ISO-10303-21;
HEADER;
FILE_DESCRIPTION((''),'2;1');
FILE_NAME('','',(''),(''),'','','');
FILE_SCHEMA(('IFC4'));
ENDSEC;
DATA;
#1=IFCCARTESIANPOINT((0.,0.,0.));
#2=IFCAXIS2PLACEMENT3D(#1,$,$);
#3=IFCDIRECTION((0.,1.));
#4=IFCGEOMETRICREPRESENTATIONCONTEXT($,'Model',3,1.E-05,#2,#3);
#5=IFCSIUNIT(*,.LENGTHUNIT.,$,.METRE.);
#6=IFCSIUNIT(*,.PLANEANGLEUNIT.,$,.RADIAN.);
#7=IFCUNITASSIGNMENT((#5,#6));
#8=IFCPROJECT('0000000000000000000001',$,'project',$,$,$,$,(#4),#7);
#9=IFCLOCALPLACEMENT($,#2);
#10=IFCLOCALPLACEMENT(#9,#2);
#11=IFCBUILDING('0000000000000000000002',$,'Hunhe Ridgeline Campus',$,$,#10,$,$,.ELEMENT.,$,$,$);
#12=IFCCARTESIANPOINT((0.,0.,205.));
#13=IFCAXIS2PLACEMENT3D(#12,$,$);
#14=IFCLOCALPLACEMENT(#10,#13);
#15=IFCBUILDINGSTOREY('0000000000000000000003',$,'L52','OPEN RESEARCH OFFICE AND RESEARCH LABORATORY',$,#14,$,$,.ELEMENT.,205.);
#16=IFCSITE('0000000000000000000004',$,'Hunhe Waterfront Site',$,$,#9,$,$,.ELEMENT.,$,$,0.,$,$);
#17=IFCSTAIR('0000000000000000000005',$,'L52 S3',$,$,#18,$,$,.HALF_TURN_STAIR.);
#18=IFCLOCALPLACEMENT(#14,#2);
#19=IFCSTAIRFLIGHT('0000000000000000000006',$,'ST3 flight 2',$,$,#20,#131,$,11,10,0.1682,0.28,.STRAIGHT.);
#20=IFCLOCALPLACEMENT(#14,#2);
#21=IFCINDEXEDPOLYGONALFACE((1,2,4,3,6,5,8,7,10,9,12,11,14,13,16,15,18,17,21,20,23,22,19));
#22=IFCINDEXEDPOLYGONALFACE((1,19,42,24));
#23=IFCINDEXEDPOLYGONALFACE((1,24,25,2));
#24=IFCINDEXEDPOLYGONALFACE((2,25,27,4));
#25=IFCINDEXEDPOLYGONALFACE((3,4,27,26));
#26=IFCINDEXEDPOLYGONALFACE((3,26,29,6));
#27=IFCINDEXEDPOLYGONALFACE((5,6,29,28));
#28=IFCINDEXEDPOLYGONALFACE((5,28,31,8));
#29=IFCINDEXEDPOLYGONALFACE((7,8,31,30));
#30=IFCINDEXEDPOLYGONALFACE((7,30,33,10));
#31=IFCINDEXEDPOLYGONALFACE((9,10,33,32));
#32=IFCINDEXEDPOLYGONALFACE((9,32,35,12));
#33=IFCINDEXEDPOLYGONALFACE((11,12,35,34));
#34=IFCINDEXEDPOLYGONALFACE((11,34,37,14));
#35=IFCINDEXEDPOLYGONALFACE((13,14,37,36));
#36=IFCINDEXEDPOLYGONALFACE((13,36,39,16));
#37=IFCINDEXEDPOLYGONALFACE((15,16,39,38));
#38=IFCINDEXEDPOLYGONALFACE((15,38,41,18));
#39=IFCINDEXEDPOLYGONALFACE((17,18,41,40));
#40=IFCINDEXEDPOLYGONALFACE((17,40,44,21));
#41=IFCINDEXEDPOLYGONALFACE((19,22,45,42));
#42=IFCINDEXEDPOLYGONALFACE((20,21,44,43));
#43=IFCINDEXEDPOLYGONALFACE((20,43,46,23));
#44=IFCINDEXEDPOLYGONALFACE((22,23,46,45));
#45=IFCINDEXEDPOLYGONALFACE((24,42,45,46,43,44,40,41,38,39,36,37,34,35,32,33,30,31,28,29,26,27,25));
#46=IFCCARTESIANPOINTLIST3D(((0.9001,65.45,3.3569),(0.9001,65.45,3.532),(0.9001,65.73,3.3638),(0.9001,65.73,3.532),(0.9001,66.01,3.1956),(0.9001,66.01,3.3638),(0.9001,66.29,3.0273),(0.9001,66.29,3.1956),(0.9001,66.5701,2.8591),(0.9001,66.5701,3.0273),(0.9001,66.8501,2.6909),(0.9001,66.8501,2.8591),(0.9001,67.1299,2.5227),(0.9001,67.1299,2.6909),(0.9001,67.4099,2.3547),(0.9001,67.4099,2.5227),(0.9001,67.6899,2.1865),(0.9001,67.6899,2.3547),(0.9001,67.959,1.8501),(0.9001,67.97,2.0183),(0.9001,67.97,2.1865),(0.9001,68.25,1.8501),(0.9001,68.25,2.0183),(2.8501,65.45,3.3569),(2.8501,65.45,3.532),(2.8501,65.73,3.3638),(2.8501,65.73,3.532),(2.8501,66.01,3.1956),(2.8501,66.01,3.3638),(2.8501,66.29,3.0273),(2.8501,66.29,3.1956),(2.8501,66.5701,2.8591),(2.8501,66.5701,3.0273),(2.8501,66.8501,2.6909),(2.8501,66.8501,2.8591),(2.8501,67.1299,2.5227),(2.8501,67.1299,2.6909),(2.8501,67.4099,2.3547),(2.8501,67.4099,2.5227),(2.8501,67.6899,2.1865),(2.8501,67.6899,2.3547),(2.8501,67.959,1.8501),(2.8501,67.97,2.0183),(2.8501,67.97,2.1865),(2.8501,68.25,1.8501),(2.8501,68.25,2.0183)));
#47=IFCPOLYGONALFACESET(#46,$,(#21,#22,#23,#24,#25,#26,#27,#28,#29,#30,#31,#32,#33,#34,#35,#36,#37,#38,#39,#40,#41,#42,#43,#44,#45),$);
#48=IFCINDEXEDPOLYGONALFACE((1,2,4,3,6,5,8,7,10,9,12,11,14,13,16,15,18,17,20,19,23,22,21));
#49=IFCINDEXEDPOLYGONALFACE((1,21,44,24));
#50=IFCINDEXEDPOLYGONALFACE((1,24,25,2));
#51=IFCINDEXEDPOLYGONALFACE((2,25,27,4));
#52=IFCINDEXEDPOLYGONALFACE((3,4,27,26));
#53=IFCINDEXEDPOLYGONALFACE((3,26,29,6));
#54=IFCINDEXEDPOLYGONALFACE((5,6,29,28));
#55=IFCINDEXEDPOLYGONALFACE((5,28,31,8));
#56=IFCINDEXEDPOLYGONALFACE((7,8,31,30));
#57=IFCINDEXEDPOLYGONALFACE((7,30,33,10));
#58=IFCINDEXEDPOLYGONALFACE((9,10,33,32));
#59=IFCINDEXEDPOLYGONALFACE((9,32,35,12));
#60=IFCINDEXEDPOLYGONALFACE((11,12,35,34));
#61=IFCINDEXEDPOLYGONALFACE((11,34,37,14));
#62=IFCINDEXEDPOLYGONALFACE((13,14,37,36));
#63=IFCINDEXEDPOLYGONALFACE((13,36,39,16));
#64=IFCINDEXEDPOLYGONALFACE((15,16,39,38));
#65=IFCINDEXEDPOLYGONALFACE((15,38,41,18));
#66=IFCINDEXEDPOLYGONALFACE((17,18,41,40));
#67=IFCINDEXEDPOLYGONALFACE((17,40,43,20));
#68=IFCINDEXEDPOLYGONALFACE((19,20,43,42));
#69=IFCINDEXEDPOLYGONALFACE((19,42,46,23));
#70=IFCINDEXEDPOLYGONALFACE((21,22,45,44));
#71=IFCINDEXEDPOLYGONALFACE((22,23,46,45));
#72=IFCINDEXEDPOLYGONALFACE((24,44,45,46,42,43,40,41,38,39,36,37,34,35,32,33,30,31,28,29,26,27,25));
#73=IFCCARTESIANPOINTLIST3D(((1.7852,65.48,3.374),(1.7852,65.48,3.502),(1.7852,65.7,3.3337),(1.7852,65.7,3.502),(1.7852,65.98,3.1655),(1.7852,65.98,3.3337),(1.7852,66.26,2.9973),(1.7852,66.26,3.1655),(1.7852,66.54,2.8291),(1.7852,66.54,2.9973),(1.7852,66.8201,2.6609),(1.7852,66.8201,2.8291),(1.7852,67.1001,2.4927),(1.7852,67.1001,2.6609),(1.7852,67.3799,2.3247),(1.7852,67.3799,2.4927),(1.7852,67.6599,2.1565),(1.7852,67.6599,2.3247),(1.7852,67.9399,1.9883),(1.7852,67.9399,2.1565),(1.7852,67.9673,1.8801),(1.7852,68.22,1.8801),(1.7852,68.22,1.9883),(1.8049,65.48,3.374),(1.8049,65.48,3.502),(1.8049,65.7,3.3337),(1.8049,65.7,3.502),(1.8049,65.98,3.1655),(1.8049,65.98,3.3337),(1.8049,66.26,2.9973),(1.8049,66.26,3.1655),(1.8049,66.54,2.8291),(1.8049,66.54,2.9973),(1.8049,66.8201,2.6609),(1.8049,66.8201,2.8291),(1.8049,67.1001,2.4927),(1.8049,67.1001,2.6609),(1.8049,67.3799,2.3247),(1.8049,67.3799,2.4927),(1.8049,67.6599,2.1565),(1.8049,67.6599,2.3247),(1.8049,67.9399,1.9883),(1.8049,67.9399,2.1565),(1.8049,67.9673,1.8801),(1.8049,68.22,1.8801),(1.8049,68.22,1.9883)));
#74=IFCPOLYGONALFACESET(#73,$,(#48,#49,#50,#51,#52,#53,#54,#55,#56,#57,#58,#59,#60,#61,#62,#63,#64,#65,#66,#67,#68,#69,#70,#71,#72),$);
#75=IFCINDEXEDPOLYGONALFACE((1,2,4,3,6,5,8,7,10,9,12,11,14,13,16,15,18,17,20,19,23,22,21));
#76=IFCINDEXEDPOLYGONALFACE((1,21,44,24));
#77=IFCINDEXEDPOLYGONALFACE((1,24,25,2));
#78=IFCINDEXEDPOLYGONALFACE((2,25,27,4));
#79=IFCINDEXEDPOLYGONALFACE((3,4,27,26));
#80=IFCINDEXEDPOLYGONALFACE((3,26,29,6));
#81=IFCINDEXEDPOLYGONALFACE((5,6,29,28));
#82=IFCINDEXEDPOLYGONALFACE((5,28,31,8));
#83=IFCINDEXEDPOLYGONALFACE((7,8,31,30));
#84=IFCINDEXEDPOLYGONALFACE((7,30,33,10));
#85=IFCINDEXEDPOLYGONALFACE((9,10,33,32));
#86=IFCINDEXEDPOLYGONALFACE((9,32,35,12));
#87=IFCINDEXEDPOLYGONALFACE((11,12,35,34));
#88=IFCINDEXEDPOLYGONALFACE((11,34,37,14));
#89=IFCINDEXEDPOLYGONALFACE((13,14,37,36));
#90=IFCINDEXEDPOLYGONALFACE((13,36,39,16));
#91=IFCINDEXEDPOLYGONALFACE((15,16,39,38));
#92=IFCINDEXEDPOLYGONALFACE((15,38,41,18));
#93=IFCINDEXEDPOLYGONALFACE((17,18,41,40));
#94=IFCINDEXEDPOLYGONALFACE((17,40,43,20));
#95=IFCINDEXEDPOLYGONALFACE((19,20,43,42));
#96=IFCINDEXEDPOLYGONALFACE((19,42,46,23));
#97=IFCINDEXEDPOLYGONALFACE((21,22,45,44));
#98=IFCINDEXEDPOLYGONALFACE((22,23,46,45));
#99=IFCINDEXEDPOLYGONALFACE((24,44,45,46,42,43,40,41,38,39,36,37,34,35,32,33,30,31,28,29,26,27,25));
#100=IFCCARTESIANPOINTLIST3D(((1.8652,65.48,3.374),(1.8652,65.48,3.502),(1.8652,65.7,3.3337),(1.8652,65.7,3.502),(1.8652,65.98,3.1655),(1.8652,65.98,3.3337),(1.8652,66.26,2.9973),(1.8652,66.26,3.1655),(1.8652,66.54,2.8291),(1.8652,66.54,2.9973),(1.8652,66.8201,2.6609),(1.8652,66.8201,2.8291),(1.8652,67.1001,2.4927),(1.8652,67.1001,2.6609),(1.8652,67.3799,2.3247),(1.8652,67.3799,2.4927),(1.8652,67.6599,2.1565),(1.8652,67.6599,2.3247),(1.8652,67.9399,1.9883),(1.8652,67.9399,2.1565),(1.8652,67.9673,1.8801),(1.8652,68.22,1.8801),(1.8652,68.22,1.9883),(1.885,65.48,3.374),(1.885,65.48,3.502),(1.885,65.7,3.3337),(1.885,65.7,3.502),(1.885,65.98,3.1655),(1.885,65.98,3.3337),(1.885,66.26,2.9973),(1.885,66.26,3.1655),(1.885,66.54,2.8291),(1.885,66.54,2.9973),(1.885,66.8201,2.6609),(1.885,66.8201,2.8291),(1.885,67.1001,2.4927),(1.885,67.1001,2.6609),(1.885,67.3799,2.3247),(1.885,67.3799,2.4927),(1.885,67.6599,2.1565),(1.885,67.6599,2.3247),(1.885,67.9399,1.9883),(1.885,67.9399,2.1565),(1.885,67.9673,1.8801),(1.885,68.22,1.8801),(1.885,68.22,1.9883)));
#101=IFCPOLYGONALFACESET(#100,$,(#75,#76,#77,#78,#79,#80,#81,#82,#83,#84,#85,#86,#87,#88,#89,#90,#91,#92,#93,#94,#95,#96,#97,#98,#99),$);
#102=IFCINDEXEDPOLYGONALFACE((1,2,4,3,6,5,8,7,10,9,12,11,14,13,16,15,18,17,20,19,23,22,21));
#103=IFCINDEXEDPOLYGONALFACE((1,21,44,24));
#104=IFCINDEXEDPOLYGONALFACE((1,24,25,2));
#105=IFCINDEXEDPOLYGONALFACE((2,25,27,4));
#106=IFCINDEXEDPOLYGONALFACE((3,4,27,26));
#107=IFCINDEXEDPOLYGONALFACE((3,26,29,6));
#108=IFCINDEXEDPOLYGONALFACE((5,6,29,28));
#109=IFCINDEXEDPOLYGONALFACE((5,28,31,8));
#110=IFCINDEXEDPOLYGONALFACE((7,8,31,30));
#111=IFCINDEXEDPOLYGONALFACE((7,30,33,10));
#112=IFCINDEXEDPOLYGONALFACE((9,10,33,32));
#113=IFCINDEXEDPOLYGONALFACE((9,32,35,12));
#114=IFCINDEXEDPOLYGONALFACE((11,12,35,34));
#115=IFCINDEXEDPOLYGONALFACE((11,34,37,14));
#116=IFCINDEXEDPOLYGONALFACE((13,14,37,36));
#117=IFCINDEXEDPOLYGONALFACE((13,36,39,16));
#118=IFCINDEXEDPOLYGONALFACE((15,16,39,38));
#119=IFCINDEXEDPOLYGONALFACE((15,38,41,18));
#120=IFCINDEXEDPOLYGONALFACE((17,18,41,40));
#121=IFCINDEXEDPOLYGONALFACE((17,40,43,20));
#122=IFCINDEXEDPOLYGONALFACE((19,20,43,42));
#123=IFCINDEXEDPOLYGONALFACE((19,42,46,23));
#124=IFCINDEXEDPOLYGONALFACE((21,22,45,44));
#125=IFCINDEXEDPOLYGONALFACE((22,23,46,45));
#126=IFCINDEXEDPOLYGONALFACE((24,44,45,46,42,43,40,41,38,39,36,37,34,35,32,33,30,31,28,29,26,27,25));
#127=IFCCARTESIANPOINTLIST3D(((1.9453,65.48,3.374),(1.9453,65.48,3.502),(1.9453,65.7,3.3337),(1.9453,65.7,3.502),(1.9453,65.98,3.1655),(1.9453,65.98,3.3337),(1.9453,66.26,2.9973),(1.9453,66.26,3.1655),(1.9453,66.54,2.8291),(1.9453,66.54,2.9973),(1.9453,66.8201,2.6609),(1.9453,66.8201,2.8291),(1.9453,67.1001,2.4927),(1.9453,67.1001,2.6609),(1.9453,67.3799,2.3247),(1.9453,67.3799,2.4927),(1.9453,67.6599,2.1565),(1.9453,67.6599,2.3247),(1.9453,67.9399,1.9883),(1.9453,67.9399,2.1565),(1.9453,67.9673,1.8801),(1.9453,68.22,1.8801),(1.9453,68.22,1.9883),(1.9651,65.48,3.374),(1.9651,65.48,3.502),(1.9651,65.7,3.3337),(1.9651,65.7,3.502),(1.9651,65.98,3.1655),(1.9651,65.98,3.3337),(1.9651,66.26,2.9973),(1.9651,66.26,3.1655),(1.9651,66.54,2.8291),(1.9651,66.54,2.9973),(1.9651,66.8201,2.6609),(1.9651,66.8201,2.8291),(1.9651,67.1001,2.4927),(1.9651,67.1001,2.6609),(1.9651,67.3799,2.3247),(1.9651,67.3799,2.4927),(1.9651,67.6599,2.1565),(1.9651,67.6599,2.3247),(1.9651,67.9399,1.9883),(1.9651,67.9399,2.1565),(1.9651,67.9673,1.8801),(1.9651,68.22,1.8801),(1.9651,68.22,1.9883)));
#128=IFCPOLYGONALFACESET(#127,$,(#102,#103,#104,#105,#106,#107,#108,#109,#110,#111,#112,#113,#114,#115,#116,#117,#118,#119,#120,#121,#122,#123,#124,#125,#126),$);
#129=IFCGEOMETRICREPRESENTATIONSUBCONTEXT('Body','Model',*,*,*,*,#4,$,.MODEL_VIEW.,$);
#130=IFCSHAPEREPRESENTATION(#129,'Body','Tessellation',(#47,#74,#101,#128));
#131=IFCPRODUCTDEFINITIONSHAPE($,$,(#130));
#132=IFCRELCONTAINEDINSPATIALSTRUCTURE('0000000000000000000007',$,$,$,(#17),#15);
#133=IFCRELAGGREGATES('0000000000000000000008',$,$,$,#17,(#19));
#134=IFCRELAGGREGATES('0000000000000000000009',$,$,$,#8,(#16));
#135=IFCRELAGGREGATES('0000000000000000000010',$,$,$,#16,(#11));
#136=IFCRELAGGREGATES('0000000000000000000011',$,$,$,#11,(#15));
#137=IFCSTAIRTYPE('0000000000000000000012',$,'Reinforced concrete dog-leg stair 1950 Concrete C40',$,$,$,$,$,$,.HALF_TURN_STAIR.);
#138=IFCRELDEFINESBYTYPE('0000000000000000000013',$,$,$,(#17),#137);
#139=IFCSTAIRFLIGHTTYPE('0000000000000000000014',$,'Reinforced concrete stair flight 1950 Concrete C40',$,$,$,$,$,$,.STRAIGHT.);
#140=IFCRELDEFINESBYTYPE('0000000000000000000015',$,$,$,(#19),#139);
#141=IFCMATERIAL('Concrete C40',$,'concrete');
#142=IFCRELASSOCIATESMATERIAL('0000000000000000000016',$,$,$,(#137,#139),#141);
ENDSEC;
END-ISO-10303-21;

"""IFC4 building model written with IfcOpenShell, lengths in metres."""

from ifc_helpers import new_model, si_unit, direction, frame, origin, place, context, subcontext, project, spatial, polyline, outline, extrude, material, type_object, element, aggregate, save


model = new_model("IFC4")

# Units and contexts
model_context = context("Model", 3, precision=1e-05, world=origin(), true_north=direction((0.0, 1.0)))
body_context = subcontext(model_context, "Body", "Model", "MODEL_VIEW")
ifc_project = project(units=[si_unit("LENGTHUNIT", "METRE"), si_unit("PLANEANGLEUNIT", "RADIAN")], contexts=[model_context])

# Site, building, storey
site_placement = place(None, origin())
site = spatial("IfcSite", under=ifc_project, at=site_placement, Name="Hunhe Waterfront Site", CompositionType="ELEMENT", RefElevation=0.0)
building_placement = place(site_placement, origin())
building = spatial("IfcBuilding", under=site, at=building_placement, Name="Hunhe Ridgeline Campus", CompositionType="ELEMENT")
storey_placement = place(building_placement, frame((0.0, 0.0, 205.0)))
storey = spatial("IfcBuildingStorey", under=building, at=storey_placement, Name="L52", Description="OPEN RESEARCH OFFICE AND RESEARCH LABORATORY", CompositionType="ELEMENT", Elevation=205.0)

# Stair, stair flight
ifc_material_1 = material(Name="Concrete C40", Category="concrete")
stair_type = type_object("IfcStairType", Name="Reinforced concrete dog-leg stair 1950 Concrete C40", PredefinedType="HALF_TURN_STAIR", material=ifc_material_1)
stair_1_placement = place(storey_placement, origin())
stair_1 = element("IfcStair", 1, at=stair_1_placement, inside=storey, type_object=stair_type, Name="L52 S3", PredefinedType="HALF_TURN_STAIR")
stair_flight_type = type_object("IfcStairFlightType", Name="Reinforced concrete stair flight 1950 Concrete C40", PredefinedType="STRAIGHT", material=ifc_material_1)
stair_flight_1_placement = place(storey_placement, frame((1.875, 68.25, 1.8501), z_axis=(0.0, 0.0, 1.0), x_axis=(0.0, -1.0, 0.0)))
stair_flight_1 = element("IfcStairFlight", 2, at=stair_flight_1_placement, type_object=stair_flight_type, Name="ST3 flight 2", NumberOfRisers=11, NumberOfTreads=10, PredefinedType="STRAIGHT", RiserHeight=0.1682, TreadLength=0.28, context=body_context, shape_type="SweptSolid", body=[
    extrude(outline(polyline([(0.0, 0.0), (0.0, 0.1682), (0.28, 0.1682), (0.28, 0.3364), (0.5601, 0.3364), (0.5601, 0.5046), (0.8401, 0.5046), (0.8401, 0.6726), (1.1201, 0.6726), (1.1201, 0.8408), (1.3999, 0.8408), (1.3999, 1.009), (1.6799, 1.009), (1.6799, 1.1772), (1.96, 1.1772), (1.96, 1.3455), (2.24, 1.3455), (2.24, 1.5137), (2.52, 1.5137), (2.52, 1.6819), (2.8, 1.6819), (2.8, 1.8501), (2.8, 1.5068), (0.291, 0.0), (0.0, 0.0)])), frame((0.0, 0.9751, 0.0), z_axis=(0.0, -1.0, 0.0), x_axis=(1.0, 0.0, 0.0)), (0.0, 0.0, 1.0), 1.95),
    extrude(outline(polyline([(0.03, 0.03), (0.03, 0.1382), (0.3101, 0.1382), (0.3101, 0.3064), (0.5901, 0.3064), (0.5901, 0.4746), (0.8701, 0.4746), (0.8701, 0.6426), (1.1499, 0.6426), (1.1499, 0.8108), (1.4299, 0.8108), (1.4299, 0.979), (1.71, 0.979), (1.71, 1.1472), (1.99, 1.1472), (1.99, 1.3154), (2.27, 1.3154), (2.27, 1.4836), (2.55, 1.4836), (2.55, 1.6519), (2.77, 1.6519), (2.77, 1.5239), (0.2827, 0.03), (0.03, 0.03)])), frame((0.0, -0.0701, 0.0), z_axis=(0.0, -1.0, 0.0), x_axis=(1.0, 0.0, 0.0)), (0.0, 0.0, 1.0), 0.0198),
    extrude(outline(polyline([(0.03, 0.03), (0.03, 0.1382), (0.3101, 0.1382), (0.3101, 0.3064), (0.5901, 0.3064), (0.5901, 0.4746), (0.8701, 0.4746), (0.8701, 0.6426), (1.1499, 0.6426), (1.1499, 0.8108), (1.4299, 0.8108), (1.4299, 0.979), (1.71, 0.979), (1.71, 1.1472), (1.99, 1.1472), (1.99, 1.3154), (2.27, 1.3154), (2.27, 1.4836), (2.55, 1.4836), (2.55, 1.6519), (2.77, 1.6519), (2.77, 1.5239), (0.2827, 0.03), (0.03, 0.03)])), frame((0.0, 0.01, 0.0), z_axis=(0.0, -1.0, 0.0), x_axis=(1.0, 0.0, 0.0)), (0.0, 0.0, 1.0), 0.0198),
    extrude(outline(polyline([(0.03, 0.03), (0.03, 0.1382), (0.3101, 0.1382), (0.3101, 0.3064), (0.5901, 0.3064), (0.5901, 0.4746), (0.8701, 0.4746), (0.8701, 0.6426), (1.1499, 0.6426), (1.1499, 0.8108), (1.4299, 0.8108), (1.4299, 0.979), (1.71, 0.979), (1.71, 1.1472), (1.99, 1.1472), (1.99, 1.3154), (2.27, 1.3154), (2.27, 1.4836), (2.55, 1.4836), (2.55, 1.6519), (2.77, 1.6519), (2.77, 1.5239), (0.2827, 0.03), (0.03, 0.03)])), frame((0.0, 0.0901, 0.0), z_axis=(0.0, -1.0, 0.0), x_axis=(1.0, 0.0, 0.0)), (0.0, 0.0, 1.0), 0.0198),
])
aggregate(stair_1, [stair_flight_1])

save(model, "model.ifc")
